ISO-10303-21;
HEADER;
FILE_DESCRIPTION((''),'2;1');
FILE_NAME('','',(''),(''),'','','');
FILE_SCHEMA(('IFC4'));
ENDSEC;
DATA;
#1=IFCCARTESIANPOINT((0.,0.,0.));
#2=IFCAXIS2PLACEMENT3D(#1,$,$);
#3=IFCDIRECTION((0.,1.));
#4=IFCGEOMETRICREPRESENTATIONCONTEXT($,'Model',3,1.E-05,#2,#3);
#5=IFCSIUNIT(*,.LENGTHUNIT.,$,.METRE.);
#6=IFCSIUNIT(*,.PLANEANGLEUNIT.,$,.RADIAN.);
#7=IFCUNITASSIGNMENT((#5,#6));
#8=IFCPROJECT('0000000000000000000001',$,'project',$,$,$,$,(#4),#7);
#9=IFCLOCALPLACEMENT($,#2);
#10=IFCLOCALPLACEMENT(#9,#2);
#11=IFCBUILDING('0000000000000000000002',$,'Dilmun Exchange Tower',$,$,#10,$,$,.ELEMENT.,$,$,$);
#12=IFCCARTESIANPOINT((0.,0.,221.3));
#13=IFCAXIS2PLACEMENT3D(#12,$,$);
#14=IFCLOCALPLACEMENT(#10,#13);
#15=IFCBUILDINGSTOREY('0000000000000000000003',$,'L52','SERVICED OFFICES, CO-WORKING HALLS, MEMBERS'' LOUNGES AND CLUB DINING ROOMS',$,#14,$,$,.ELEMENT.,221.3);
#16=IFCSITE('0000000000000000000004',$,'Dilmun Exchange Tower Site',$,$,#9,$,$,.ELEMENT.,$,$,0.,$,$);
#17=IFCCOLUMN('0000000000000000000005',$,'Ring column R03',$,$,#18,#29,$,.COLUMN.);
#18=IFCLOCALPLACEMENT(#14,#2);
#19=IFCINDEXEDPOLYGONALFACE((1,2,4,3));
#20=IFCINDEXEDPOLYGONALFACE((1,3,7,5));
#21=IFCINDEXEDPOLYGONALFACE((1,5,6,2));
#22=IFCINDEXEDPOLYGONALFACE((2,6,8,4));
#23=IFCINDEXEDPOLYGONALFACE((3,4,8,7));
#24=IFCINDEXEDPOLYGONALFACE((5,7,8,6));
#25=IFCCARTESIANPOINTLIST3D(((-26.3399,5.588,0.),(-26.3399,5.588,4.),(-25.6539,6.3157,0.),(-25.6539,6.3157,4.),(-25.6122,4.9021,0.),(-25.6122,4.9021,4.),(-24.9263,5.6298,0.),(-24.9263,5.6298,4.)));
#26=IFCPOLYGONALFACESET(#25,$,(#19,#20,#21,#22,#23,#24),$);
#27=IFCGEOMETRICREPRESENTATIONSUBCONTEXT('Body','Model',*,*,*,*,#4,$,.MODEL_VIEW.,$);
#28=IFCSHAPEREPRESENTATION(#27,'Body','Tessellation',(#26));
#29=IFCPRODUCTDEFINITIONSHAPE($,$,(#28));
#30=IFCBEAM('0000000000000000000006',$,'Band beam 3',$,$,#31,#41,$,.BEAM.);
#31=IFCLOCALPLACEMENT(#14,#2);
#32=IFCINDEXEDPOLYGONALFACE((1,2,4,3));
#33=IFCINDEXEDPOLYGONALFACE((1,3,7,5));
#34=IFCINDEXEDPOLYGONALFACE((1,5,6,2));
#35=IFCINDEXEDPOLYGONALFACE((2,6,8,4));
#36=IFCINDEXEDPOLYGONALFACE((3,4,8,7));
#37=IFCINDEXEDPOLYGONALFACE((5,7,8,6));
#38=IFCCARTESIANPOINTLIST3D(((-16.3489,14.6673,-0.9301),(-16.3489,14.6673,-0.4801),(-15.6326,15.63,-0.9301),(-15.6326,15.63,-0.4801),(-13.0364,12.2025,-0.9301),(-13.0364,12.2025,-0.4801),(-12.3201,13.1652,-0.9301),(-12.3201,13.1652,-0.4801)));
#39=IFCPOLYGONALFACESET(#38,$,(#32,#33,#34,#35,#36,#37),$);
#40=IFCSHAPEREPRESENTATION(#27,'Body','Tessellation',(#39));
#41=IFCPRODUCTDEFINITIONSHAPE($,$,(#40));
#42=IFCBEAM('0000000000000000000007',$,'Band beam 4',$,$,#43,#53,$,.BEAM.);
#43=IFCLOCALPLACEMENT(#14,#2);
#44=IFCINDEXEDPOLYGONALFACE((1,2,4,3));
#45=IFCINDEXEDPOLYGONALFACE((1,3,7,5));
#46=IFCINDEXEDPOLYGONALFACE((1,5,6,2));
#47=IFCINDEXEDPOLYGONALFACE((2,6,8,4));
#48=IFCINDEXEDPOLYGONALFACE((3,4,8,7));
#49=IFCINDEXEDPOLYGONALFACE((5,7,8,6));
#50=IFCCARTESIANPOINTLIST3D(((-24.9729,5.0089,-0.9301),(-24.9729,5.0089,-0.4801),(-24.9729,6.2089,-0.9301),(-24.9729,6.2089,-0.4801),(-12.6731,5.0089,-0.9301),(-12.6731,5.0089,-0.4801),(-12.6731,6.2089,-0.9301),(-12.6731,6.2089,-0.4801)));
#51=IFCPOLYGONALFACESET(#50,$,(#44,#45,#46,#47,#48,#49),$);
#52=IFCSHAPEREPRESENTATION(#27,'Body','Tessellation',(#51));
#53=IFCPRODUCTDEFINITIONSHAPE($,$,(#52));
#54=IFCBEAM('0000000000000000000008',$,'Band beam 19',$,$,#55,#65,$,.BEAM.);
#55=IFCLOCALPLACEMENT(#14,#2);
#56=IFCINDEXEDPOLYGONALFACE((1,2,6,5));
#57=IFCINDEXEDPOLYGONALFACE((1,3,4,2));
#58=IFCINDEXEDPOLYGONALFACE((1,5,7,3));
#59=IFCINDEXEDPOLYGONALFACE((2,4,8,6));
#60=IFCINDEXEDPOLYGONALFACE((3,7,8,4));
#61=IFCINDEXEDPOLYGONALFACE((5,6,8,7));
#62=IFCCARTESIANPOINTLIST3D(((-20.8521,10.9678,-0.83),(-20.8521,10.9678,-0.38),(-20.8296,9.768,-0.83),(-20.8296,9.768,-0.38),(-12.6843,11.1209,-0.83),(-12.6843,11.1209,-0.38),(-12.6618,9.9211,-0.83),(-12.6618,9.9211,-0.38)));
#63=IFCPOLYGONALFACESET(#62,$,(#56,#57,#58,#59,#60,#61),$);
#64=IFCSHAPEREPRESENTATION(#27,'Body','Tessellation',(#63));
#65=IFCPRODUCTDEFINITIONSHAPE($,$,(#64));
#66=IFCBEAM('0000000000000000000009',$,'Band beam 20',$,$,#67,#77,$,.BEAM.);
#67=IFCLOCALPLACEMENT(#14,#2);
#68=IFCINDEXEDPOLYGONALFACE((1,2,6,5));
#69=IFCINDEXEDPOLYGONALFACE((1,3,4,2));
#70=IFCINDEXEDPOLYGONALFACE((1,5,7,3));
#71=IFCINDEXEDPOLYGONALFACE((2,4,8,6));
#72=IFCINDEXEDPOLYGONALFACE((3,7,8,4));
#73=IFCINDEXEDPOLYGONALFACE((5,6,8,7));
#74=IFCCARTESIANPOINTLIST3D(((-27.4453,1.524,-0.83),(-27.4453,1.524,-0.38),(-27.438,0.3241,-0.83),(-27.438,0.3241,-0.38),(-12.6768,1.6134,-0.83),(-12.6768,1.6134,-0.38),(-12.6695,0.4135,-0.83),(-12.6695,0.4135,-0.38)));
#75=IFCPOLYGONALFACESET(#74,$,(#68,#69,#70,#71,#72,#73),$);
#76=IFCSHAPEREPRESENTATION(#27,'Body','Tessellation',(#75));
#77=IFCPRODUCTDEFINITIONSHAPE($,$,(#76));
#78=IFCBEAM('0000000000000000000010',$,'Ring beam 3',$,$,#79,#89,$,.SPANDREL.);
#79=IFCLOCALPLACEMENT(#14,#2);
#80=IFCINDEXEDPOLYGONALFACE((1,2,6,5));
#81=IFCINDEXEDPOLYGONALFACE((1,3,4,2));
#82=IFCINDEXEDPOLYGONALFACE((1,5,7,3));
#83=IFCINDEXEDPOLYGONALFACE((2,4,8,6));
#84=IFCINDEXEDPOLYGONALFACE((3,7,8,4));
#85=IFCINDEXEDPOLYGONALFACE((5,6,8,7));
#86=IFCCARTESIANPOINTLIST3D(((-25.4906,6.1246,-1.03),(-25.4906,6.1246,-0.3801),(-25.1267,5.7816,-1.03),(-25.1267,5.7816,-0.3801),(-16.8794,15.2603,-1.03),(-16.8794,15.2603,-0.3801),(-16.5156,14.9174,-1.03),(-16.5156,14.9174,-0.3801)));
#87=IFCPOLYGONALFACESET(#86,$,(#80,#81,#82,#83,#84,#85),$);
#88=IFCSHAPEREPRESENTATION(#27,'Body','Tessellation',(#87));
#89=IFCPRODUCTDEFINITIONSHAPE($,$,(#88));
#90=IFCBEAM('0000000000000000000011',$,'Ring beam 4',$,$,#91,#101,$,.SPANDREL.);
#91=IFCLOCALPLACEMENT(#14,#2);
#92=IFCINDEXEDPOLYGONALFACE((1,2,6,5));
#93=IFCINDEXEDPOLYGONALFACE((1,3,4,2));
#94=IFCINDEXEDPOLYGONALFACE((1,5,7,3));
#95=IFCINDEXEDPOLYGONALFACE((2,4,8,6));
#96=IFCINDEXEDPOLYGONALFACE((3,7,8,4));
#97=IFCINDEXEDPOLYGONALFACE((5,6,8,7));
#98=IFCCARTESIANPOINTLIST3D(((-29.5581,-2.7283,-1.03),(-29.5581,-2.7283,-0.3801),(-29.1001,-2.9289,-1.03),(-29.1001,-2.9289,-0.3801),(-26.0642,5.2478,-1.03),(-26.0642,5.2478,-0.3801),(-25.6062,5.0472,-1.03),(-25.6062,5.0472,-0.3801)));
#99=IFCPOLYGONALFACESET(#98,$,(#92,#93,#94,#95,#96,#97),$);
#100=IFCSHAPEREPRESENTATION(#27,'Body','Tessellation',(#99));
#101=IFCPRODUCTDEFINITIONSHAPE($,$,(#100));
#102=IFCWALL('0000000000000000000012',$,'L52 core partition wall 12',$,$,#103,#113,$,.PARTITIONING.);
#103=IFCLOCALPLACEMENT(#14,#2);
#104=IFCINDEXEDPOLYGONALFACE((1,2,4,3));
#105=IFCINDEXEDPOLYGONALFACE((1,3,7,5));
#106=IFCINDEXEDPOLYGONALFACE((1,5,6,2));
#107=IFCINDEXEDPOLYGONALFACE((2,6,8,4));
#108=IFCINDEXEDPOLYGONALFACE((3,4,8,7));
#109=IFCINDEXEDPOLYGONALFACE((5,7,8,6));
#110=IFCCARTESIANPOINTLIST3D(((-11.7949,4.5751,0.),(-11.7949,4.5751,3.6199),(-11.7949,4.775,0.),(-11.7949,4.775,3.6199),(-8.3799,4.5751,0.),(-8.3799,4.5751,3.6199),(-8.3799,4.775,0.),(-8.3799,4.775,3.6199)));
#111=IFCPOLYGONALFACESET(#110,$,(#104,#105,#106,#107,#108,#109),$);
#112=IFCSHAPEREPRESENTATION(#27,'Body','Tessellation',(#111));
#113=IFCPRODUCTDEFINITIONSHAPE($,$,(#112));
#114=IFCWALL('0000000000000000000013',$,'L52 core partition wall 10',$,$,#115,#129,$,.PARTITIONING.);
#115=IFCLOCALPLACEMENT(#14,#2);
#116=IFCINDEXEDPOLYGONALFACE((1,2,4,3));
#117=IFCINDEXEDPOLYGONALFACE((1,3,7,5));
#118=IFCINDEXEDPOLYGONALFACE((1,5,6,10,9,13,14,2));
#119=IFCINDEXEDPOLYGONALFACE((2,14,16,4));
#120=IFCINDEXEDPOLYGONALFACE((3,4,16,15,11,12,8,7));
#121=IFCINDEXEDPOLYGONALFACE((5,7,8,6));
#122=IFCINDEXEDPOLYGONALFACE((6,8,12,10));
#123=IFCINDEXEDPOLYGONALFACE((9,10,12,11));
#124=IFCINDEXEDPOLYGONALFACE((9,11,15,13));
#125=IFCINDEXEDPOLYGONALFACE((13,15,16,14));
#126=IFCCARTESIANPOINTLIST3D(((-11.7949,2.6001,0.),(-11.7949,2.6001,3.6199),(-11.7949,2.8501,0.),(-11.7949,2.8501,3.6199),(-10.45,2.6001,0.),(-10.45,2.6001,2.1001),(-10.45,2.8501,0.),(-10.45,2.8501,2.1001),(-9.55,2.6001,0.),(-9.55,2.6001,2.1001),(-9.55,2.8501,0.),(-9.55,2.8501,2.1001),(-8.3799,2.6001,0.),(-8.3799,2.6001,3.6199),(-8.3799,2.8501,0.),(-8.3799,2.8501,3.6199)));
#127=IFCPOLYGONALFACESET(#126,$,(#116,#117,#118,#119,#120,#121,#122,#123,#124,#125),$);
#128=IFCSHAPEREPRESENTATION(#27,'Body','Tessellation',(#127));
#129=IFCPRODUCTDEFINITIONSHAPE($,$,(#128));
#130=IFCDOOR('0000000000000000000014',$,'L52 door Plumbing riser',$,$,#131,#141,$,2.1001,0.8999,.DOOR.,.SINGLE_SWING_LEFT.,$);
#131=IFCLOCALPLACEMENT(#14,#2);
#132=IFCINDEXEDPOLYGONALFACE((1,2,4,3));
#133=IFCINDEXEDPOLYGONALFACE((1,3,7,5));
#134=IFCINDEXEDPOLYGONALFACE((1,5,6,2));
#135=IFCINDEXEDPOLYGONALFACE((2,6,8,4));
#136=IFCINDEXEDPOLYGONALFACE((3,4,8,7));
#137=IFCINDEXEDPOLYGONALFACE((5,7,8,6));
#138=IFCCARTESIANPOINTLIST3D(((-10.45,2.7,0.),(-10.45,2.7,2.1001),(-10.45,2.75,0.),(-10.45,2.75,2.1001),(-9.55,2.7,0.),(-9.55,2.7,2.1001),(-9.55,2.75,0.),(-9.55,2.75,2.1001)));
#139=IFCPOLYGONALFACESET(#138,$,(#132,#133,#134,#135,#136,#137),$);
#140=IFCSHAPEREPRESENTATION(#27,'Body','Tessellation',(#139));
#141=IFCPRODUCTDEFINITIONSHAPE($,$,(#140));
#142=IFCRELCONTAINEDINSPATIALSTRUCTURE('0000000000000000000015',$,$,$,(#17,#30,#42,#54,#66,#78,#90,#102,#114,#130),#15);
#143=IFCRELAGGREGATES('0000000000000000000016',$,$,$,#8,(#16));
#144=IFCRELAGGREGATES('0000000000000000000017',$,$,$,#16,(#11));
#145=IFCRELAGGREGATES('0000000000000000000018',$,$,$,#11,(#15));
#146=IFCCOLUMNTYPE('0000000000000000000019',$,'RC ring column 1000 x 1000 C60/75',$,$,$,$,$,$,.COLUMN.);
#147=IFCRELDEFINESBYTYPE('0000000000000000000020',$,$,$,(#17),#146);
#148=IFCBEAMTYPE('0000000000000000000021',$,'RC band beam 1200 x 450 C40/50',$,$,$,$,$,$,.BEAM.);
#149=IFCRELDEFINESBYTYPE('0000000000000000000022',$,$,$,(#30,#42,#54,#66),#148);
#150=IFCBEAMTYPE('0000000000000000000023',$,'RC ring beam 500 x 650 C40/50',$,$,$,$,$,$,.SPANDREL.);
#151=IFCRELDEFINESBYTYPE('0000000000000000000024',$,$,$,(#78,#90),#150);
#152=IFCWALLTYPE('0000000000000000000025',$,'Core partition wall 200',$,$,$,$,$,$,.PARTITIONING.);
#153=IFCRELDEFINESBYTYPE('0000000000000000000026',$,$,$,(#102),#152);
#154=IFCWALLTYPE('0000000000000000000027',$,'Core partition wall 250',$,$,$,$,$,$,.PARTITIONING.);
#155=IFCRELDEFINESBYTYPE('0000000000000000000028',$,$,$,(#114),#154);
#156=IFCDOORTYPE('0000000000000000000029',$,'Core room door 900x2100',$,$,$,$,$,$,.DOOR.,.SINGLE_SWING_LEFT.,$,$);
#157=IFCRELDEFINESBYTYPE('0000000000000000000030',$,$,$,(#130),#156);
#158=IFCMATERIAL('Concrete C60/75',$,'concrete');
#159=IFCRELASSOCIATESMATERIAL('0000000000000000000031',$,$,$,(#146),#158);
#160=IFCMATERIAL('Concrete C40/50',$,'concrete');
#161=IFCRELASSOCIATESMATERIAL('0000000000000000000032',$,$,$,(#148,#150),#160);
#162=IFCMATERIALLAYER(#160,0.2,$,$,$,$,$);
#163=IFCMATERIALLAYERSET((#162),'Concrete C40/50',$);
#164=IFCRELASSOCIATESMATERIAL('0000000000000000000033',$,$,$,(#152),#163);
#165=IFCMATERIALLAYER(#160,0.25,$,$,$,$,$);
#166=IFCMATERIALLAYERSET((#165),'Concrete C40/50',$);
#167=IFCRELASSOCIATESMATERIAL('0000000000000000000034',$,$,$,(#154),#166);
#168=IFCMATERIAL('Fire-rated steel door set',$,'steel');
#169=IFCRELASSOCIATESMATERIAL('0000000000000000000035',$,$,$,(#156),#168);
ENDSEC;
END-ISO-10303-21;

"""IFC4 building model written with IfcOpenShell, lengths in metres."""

from ifc_helpers import new_model, si_unit, direction, frame, frame_2d, origin, origin_2d, place, context, subcontext, project, spatial, rectangle, extrude, material, layer, layer_set, material_profile, profile_set, type_object, element, fill, save


model = new_model("IFC4")

# Units and contexts
model_context = context("Model", 3, precision=1e-05, world=origin(), true_north=direction((0.0, 1.0)))
body_context = subcontext(model_context, "Body", "Model", "MODEL_VIEW")
ifc_project = project(units=[si_unit("LENGTHUNIT", "METRE"), si_unit("PLANEANGLEUNIT", "RADIAN")], contexts=[model_context])

# Site, building, storey
site_placement = place(None, origin())
site = spatial("IfcSite", under=ifc_project, at=site_placement, Name="Dilmun Exchange Tower Site", CompositionType="ELEMENT", RefElevation=0.0)
building_placement = place(site_placement, origin())
building = spatial("IfcBuilding", under=site, at=building_placement, Name="Dilmun Exchange Tower", CompositionType="ELEMENT")
storey_placement = place(building_placement, frame((0.0, 0.0, 221.3)))
storey = spatial("IfcBuildingStorey", under=building, at=storey_placement, Name="L52", Description="SERVICED OFFICES, CO-WORKING HALLS, MEMBERS' LOUNGES AND CLUB DINING ROOMS", CompositionType="ELEMENT", Elevation=221.3)

# Column
ifc_material_1 = material(Name="Concrete C60/75", Category="concrete")
ifc_material_profile_1 = material_profile(ifc_material_1, rectangle(XDim=1.0, YDim=1.0, at=origin_2d()), Name="1000 x 1000")
ifc_profile_set_1 = profile_set([ifc_material_profile_1], Name="Concrete C60/75")
column_type = type_object("IfcColumnType", Name="RC ring column 1000 x 1000 C60/75", PredefinedType="COLUMN", material=ifc_profile_set_1)
column_placement = place(storey_placement, frame((-25.6331, 5.6089, 0.0), z_axis=(0.0, 0.0, 1.0), x_axis=(0.685916, 0.727681, 0.0)))
element("IfcColumn", 1, at=column_placement, inside=storey, type_object=column_type, Name="Ring column R03", PredefinedType="COLUMN", context=body_context, shape_type="SweptSolid", body=[
    extrude(rectangle(XDim=1.0, YDim=1.0, at=origin_2d()), origin(), (0.0, 0.0, 1.0), 4.0),
])

# Beams
ifc_material_2 = material(Name="Concrete C40/50", Category="concrete")
ifc_material_profile_2 = material_profile(ifc_material_2, rectangle(XDim=1.2, YDim=0.45, at=origin_2d()), Name="1200 x 450")
ifc_profile_set_2 = profile_set([ifc_material_profile_2], Name="Concrete C40/50")
beam_type_1 = type_object("IfcBeamType", Name="RC band beam 1200 x 450 C40/50", PredefinedType="BEAM", material=ifc_profile_set_2)
beam_1_placement = place(storey_placement, frame((-15.9907, 15.1487, -0.7051), z_axis=(0.802265, -0.596968, 0.0), x_axis=(0.596968, 0.802265, 0.0)))
element("IfcBeam", 2, at=beam_1_placement, inside=storey, type_object=beam_type_1, Name="Band beam 3", PredefinedType="BEAM", context=body_context, shape_type="SweptSolid", body=[
    extrude(rectangle(XDim=1.2, YDim=0.45, at=origin_2d()), origin(), (0.0, 0.0, 1.0), 4.1289),
])
beam_2_placement = place(storey_placement, frame((-24.9729, 5.6089, -0.7051), z_axis=(1.0, 0.0, 0.0), x_axis=(0.0, 1.0, 0.0)))
element("IfcBeam", 3, at=beam_2_placement, inside=storey, type_object=beam_type_1, Name="Band beam 4", PredefinedType="BEAM", context=body_context, shape_type="SweptSolid", body=[
    extrude(rectangle(XDim=1.2, YDim=0.45, at=origin_2d()), origin(), (0.0, 0.0, 1.0), 12.2998),
])
beam_3_placement = place(storey_placement, frame((-20.8408, 10.3679, -0.605), z_axis=(0.999824, 0.018738, 0.0), x_axis=(-0.018738, 0.999824, 0.0)))
element("IfcBeam", 4, at=beam_3_placement, inside=storey, type_object=beam_type_1, Name="Band beam 19", PredefinedType="BEAM", context=body_context, shape_type="SweptSolid", body=[
    extrude(rectangle(XDim=1.2, YDim=0.45, at=origin_2d()), origin(), (0.0, 0.0, 1.0), 8.1692),
])
beam_4_placement = place(storey_placement, frame((-27.4417, 0.9241, -0.605), z_axis=(0.999982, 0.00605, 0.0), x_axis=(-0.00605, 0.999982, 0.0)))
element("IfcBeam", 5, at=beam_4_placement, inside=storey, type_object=beam_type_1, Name="Band beam 20", PredefinedType="BEAM", context=body_context, shape_type="SweptSolid", body=[
    extrude(rectangle(XDim=1.2, YDim=0.45, at=origin_2d()), origin(), (0.0, 0.0, 1.0), 14.7688),
])
ifc_material_profile_3 = material_profile(ifc_material_2, rectangle(XDim=0.5, YDim=0.6499, at=origin_2d()), Name="500 x 650")
ifc_profile_set_3 = profile_set([ifc_material_profile_3], Name="Concrete C40/50")
beam_type_2 = type_object("IfcBeamType", Name="RC ring beam 500 x 650 C40/50", PredefinedType="SPANDREL", material=ifc_profile_set_3)
beam_5_placement = place(storey_placement, frame((-16.6975, 15.0889, -0.7051), z_axis=(-0.685903, -0.727693, 0.0), x_axis=(0.727693, -0.685903, 0.0)))
element("IfcBeam", 6, at=beam_5_placement, inside=storey, type_object=beam_type_2, Name="Ring beam 3", PredefinedType="SPANDREL", context=body_context, shape_type="SweptSolid", body=[
    extrude(rectangle(XDim=0.5, YDim=0.6499, at=origin_2d()), origin(), (0.0, 0.0, 1.0), 12.5544),
])
beam_6_placement = place(storey_placement, frame((-25.8352, 5.1475, -0.7051), z_axis=(-0.401239, -0.915973, 0.0), x_axis=(0.915973, -0.401239, 0.0)))
element("IfcBeam", 7, at=beam_6_placement, inside=storey, type_object=beam_type_2, Name="Ring beam 4", PredefinedType="SPANDREL", context=body_context, shape_type="SweptSolid", body=[
    extrude(rectangle(XDim=0.5, YDim=0.6499, at=origin_2d()), origin(), (0.0, 0.0, 1.0), 8.7078),
])

# Wall
ifc_layer_1 = layer(ifc_material_2, 0.2)
ifc_layer_set_1 = layer_set([ifc_layer_1], Name="Concrete C40/50")
wall_type_1 = type_object("IfcWallType", Name="Core partition wall 200", PredefinedType="PARTITIONING", material=ifc_layer_set_1)
wall_1_placement = place(storey_placement, frame((-11.7949, 4.675, 0.0), z_axis=(0.0, 0.0, 1.0), x_axis=(1.0, 0.0, 0.0)))
element("IfcWall", 8, at=wall_1_placement, inside=storey, type_object=wall_type_1, Name="L52 core partition wall 12", PredefinedType="PARTITIONING", context=body_context, shape_type="SweptSolid", body=[
    extrude(rectangle(XDim=3.415, YDim=0.2, at=frame_2d((1.7075, 0.0))), origin(), (0.0, 0.0, 1.0), 3.6199),
])

# Wall, opening, door
ifc_layer_2 = layer(ifc_material_2, 0.25)
ifc_layer_set_2 = layer_set([ifc_layer_2], Name="Concrete C40/50")
wall_type_2 = type_object("IfcWallType", Name="Core partition wall 250", PredefinedType="PARTITIONING", material=ifc_layer_set_2)
wall_2_placement = place(storey_placement, frame((-11.7949, 2.7251, 0.0), z_axis=(0.0, 0.0, 1.0), x_axis=(1.0, 0.0, 0.0)))
wall_2 = element("IfcWall", 9, at=wall_2_placement, inside=storey, type_object=wall_type_2, Name="L52 core partition wall 10", PredefinedType="PARTITIONING", context=body_context, shape_type="SweptSolid", body=[
    extrude(rectangle(XDim=3.415, YDim=0.25, at=frame_2d((1.7075, 0.0))), origin(), (0.0, 0.0, 1.0), 3.6199),
])
opening_1_placement = place(wall_2_placement, frame((1.345, 0.0, 0.0)))
opening_1 = element("IfcOpeningElement", 10, at=opening_1_placement, cuts=wall_2, PredefinedType="OPENING", context=body_context, shape_type="SweptSolid", body=[
    extrude(rectangle(XDim=0.8999, YDim=2.1001, at=frame_2d((0.45, 1.05))), frame((0.0, 0.135, 0.0), z_axis=(0.0, -1.0, 0.0), x_axis=(1.0, 0.0, 0.0)), (0.0, 0.0, 1.0), 0.27),
])
ifc_material_3 = material(Name="Fire-rated steel door set", Category="steel")
door_type_1 = type_object("IfcDoorType", Name="Core room door 900x2100", OperationType="SINGLE_SWING_LEFT", PredefinedType="DOOR", material=ifc_material_3)
door_1_placement = place(opening_1_placement, origin())
door_1 = element("IfcDoor", 11, at=door_1_placement, inside=storey, type_object=door_type_1, Name="L52 door Plumbing riser", OperationType="SINGLE_SWING_LEFT", OverallHeight=2.1001, OverallWidth=0.8999, PredefinedType="DOOR", context=body_context, shape_type="SweptSolid", body=[
    extrude(rectangle(XDim=0.8999, YDim=2.1001, at=frame_2d((0.45, 1.05))), frame((0.0, 0.0249, 0.0), z_axis=(0.0, -1.0, 0.0), x_axis=(1.0, 0.0, 0.0)), (0.0, 0.0, 1.0), 0.05),
])
fill(opening_1, door_1)

save(model, "model.ifc")
